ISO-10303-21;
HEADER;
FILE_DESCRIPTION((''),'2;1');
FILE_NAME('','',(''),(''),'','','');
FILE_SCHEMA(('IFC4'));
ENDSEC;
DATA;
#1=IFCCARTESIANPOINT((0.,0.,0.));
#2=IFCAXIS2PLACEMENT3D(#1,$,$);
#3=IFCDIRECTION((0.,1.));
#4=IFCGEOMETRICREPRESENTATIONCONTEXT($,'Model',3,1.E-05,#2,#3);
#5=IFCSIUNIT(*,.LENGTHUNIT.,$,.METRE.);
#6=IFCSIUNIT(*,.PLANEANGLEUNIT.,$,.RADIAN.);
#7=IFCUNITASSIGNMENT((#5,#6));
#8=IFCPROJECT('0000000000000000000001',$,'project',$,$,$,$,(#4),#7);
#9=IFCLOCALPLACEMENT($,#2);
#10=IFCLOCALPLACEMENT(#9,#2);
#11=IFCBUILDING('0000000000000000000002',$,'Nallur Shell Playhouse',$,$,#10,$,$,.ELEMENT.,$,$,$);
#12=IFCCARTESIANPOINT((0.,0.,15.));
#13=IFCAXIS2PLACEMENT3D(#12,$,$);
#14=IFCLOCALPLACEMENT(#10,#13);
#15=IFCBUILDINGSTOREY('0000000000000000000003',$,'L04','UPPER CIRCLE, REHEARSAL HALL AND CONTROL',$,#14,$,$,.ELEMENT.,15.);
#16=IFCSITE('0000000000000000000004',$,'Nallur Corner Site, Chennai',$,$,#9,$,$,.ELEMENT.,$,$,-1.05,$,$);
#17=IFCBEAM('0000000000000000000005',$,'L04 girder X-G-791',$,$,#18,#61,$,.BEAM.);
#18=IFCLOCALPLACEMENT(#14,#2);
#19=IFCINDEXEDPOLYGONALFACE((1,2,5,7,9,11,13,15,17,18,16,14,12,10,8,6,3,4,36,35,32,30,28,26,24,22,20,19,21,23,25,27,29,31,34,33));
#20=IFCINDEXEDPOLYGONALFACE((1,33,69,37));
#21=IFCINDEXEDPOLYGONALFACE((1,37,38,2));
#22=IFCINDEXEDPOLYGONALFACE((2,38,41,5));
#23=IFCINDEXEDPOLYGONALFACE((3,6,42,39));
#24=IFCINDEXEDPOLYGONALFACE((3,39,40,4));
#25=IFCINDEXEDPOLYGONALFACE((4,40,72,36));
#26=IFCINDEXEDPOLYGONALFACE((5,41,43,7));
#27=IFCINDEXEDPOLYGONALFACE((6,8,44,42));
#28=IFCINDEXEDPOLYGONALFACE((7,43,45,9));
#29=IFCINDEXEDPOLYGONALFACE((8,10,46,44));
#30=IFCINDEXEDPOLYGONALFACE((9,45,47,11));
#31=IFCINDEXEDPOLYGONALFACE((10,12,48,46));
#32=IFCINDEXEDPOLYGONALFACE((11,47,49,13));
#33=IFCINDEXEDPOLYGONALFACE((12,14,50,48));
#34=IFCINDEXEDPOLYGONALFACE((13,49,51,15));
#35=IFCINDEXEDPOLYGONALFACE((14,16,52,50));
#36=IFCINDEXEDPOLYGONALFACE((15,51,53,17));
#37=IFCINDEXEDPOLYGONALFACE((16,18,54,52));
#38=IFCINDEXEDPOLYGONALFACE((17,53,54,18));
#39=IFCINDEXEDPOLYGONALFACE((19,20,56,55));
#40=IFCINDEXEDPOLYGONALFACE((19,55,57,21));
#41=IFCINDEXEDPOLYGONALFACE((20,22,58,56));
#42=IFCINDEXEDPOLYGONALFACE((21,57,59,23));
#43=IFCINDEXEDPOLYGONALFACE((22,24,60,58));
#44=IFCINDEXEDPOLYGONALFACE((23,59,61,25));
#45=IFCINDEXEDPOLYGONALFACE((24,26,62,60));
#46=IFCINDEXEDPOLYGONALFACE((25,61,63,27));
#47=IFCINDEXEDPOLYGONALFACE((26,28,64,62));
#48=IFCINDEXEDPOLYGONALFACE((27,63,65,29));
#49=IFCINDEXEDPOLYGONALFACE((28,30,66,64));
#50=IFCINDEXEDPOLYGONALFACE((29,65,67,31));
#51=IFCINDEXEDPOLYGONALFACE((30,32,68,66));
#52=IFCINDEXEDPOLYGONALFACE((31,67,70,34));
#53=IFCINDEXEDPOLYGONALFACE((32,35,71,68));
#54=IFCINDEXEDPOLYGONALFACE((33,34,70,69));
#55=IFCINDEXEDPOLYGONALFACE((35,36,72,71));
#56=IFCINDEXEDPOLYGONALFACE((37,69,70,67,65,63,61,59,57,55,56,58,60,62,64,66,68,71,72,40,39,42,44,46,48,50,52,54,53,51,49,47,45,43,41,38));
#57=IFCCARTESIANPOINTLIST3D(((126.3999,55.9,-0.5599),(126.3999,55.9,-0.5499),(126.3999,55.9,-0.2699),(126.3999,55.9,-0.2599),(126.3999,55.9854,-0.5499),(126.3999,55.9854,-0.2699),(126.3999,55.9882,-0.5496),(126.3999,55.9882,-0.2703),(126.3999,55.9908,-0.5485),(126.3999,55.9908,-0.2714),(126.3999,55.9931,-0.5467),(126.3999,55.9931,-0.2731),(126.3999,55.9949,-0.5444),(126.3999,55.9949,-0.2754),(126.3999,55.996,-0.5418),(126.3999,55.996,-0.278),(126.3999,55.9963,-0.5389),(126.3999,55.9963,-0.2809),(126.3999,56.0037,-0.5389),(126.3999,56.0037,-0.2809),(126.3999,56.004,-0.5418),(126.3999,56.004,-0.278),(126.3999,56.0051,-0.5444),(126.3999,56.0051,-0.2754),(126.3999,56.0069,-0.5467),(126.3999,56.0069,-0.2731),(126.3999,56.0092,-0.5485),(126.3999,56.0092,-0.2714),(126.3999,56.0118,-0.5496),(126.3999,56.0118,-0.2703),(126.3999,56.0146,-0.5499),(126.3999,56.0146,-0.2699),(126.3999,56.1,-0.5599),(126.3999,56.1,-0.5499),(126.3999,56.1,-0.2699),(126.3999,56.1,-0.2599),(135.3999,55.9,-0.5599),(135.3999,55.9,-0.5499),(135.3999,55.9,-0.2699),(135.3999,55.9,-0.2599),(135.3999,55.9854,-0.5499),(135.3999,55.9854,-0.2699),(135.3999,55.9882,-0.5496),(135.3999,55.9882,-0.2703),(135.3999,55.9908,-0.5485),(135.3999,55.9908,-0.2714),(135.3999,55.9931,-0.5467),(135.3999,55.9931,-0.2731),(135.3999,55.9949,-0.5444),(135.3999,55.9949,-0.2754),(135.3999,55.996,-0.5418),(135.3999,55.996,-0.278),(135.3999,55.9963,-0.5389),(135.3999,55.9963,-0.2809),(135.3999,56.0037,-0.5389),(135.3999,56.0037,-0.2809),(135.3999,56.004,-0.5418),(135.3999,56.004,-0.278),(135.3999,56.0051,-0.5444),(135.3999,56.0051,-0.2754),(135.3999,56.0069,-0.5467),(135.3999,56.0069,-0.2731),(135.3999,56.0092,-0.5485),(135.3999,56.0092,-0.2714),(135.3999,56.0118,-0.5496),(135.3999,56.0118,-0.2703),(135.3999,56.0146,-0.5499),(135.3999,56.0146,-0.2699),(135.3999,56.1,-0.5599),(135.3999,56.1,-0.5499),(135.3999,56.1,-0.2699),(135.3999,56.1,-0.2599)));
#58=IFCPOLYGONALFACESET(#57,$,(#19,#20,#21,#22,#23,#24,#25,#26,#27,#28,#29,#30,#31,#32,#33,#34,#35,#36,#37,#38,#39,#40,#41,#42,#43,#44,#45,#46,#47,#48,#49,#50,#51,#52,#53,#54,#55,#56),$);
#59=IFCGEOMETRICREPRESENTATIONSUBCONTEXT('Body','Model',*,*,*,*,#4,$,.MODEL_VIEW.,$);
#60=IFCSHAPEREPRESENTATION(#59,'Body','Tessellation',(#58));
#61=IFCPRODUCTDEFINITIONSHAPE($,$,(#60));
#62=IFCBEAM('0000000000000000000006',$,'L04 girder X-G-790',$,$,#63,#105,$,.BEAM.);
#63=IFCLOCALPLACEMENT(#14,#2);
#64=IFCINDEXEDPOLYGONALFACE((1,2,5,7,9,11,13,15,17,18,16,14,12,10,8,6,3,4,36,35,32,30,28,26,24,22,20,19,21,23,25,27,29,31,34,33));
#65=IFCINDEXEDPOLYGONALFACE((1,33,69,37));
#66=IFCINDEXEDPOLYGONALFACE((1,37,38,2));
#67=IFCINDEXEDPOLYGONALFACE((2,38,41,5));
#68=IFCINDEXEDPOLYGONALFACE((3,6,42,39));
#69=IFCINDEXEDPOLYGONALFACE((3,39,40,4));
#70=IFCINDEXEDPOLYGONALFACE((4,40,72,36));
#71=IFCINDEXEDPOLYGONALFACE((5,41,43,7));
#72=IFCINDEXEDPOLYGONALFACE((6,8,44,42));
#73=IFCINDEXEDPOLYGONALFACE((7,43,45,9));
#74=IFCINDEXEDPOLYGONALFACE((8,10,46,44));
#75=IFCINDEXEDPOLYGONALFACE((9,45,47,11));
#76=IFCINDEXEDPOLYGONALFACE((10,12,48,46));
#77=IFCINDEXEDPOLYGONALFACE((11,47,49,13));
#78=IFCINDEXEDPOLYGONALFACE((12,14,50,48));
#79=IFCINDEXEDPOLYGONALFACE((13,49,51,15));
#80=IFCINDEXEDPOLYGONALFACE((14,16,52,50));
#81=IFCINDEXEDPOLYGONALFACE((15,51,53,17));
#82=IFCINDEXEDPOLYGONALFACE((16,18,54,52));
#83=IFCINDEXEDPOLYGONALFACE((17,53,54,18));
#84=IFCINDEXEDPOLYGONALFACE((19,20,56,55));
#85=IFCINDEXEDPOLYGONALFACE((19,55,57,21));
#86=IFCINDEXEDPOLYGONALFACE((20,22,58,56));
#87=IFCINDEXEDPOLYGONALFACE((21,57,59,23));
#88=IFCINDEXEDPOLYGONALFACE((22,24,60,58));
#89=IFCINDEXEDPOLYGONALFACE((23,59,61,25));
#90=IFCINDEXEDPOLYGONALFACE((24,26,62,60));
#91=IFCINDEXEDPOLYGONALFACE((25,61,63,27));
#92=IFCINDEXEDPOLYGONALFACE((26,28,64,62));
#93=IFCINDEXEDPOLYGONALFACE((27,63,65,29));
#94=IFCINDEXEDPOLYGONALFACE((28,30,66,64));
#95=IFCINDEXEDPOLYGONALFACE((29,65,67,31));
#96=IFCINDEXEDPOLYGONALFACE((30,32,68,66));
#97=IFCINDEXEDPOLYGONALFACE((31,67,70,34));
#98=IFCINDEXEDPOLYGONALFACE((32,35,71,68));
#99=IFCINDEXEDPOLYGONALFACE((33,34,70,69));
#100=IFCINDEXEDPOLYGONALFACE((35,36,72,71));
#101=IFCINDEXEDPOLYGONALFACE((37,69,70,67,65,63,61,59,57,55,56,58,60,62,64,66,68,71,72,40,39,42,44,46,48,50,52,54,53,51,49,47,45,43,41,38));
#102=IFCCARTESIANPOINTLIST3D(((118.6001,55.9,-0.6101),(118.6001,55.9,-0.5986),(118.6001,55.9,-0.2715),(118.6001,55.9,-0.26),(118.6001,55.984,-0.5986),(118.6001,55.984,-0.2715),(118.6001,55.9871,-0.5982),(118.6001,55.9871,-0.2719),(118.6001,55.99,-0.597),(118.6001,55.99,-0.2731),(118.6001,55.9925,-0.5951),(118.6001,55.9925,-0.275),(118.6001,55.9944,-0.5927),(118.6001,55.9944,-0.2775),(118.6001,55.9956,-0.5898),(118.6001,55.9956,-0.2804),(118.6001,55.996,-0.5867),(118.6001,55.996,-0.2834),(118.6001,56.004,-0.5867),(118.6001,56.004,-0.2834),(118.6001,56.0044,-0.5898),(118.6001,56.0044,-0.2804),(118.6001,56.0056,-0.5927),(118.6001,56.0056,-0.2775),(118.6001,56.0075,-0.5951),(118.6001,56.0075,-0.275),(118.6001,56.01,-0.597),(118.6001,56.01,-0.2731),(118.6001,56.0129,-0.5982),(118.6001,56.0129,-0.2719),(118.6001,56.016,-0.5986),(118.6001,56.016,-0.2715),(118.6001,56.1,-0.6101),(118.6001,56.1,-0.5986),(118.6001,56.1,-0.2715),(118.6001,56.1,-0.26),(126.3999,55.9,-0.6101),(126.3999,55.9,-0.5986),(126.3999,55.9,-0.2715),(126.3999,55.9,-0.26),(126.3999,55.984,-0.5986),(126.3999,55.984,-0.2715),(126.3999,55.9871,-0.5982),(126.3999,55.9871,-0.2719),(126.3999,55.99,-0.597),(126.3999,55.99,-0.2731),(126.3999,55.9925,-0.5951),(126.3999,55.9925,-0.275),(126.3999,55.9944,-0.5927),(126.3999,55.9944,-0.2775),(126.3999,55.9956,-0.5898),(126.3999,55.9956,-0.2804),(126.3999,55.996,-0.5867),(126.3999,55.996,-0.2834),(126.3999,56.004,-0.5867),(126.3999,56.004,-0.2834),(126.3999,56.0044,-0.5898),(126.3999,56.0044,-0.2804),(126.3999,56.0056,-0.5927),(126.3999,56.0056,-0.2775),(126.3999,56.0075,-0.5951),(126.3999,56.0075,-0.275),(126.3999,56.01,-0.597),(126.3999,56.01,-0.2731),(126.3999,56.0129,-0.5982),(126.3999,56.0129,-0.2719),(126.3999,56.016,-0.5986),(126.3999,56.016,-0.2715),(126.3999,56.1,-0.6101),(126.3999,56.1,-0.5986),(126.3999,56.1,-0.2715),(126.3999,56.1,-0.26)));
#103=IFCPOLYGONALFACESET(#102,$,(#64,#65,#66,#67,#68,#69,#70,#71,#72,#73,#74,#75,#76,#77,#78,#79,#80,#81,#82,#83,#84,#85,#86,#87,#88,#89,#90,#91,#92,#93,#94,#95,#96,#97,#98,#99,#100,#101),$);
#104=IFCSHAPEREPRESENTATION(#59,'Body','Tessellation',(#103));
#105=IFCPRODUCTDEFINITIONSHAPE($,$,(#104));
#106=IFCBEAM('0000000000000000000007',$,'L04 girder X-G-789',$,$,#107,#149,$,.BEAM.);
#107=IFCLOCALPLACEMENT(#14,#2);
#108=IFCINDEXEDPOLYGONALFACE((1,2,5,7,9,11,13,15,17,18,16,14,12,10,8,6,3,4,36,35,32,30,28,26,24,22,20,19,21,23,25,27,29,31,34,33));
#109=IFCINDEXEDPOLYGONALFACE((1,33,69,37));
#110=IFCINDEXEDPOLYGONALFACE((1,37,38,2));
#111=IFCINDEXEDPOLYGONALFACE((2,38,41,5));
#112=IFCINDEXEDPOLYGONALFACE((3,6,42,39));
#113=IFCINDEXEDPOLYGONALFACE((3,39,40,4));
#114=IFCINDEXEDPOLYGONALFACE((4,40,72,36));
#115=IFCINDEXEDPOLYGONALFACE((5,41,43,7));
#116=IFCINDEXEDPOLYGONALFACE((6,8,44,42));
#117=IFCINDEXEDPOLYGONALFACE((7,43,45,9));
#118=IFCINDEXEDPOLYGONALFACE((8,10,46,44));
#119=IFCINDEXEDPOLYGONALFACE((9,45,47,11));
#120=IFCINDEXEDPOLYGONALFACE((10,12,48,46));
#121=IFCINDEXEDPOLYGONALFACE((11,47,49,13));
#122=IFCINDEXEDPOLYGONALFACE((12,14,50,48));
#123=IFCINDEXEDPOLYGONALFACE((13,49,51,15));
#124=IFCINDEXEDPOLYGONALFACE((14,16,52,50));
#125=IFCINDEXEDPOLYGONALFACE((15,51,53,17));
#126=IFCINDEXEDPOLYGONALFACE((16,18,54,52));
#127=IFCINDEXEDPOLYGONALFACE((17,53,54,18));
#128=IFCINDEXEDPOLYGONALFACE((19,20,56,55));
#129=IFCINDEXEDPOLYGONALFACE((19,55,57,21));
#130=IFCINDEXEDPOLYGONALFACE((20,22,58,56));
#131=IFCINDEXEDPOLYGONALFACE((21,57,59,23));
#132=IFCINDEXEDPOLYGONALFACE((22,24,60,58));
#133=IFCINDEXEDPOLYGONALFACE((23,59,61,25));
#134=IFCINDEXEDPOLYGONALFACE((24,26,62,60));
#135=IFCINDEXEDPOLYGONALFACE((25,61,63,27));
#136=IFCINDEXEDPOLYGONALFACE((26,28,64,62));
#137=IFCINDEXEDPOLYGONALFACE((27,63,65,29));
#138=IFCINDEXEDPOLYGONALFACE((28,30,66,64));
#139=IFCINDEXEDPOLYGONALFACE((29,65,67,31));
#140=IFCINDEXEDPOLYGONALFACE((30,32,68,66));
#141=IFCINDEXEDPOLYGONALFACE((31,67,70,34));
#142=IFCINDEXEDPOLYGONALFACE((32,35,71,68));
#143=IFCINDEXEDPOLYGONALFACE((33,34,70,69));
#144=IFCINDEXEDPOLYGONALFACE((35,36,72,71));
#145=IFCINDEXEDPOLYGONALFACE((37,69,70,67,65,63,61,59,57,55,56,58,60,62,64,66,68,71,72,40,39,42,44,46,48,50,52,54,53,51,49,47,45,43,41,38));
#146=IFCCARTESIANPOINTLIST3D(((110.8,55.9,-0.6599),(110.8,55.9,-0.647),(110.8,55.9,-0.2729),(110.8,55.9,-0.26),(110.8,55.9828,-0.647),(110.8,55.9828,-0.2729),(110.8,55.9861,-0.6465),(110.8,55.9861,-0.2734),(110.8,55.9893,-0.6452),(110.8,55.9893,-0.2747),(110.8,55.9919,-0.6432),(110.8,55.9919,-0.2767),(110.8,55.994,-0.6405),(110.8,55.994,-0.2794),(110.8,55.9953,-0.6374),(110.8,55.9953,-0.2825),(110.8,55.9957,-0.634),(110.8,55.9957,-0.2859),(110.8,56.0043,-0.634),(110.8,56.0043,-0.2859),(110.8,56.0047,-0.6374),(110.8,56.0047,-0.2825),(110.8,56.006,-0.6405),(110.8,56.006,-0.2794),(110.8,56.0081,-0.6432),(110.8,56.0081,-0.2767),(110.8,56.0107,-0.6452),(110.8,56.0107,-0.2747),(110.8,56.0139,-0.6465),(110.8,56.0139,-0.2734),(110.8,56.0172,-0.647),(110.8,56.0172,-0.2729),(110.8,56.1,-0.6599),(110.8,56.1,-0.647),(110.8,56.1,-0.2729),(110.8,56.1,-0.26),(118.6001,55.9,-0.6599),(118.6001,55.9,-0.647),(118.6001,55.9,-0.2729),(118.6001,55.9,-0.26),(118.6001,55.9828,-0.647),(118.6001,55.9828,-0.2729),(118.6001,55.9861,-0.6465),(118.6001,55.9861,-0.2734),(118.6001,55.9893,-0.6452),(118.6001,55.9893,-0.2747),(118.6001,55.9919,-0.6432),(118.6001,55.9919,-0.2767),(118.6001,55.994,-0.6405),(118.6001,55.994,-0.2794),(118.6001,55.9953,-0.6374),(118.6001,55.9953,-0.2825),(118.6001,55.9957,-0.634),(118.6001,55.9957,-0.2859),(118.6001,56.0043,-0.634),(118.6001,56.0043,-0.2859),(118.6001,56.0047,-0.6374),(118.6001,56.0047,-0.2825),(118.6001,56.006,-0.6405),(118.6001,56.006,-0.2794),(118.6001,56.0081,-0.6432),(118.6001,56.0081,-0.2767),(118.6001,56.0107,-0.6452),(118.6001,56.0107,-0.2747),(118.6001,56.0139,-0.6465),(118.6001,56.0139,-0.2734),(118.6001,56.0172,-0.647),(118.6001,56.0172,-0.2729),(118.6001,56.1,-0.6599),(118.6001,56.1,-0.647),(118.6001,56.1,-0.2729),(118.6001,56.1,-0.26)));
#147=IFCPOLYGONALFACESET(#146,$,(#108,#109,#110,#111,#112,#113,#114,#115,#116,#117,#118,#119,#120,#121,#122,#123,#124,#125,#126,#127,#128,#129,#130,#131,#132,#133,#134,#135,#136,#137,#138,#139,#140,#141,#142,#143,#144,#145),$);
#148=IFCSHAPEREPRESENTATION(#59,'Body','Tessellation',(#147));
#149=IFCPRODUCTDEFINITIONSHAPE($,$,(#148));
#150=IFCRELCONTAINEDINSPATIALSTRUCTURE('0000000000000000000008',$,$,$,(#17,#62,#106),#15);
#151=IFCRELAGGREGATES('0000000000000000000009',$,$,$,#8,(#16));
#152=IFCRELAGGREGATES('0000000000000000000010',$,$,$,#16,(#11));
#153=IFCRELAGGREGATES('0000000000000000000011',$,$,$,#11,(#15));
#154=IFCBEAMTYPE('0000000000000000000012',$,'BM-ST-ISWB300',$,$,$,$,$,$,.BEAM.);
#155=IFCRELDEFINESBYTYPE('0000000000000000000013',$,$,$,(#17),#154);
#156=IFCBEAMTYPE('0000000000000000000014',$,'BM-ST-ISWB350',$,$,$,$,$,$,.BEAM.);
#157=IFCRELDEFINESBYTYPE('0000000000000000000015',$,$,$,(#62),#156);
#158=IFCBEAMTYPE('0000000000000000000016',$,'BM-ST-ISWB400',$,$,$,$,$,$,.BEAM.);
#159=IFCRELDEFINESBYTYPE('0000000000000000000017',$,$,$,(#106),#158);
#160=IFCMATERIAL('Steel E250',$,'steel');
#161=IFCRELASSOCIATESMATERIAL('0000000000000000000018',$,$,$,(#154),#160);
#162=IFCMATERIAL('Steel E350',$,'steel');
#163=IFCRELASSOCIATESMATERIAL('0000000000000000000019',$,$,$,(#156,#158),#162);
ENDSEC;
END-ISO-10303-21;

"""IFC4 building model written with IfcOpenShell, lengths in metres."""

from ifc_helpers import new_model, si_unit, direction, frame, origin, origin_2d, place, context, subcontext, project, spatial, i_section, extrude, material, material_profile, profile_set, type_object, element, save


model = new_model("IFC4")

# Units and contexts
model_context = context("Model", 3, precision=1e-05, world=origin(), true_north=direction((0.0, 1.0)))
body_context = subcontext(model_context, "Body", "Model", "MODEL_VIEW")
ifc_project = project(units=[si_unit("LENGTHUNIT", "METRE"), si_unit("PLANEANGLEUNIT", "RADIAN")], contexts=[model_context])

# Site, building, storey
site_placement = place(None, origin())
site = spatial("IfcSite", under=ifc_project, at=site_placement, Name="Nallur Corner Site, Chennai", CompositionType="ELEMENT", RefElevation=-1.05)
building_placement = place(site_placement, origin())
building = spatial("IfcBuilding", under=site, at=building_placement, Name="Nallur Shell Playhouse", CompositionType="ELEMENT")
storey_placement = place(building_placement, frame((0.0, 0.0, 15.0)))
storey = spatial("IfcBuildingStorey", under=building, at=storey_placement, Name="L04", Description="UPPER CIRCLE, REHEARSAL HALL AND CONTROL", CompositionType="ELEMENT", Elevation=15.0)

# Shared definitions
ifc_material_1 = material(Name="Steel E350", Category="steel")

# Beams
ifc_material_2 = material(Name="Steel E250", Category="steel")
ifc_material_profile_1 = material_profile(ifc_material_2, i_section(OverallWidth=0.2, OverallDepth=0.3, WebThickness=0.0073, FlangeThickness=0.01, FilletRadius=0.011, at=origin_2d()), Name="ISWB 300")
ifc_profile_set_1 = profile_set([ifc_material_profile_1], Name="Steel E250")
beam_type_1 = type_object("IfcBeamType", Name="BM-ST-ISWB300", PredefinedType="BEAM", material=ifc_profile_set_1)
beam_1_placement = place(storey_placement, frame((126.3999, 56.0, -0.4099), z_axis=(1.0, 0.0, 0.0), x_axis=(0.0, 1.0, 0.0)))
element("IfcBeam", 1, at=beam_1_placement, inside=storey, type_object=beam_type_1, Name="L04 girder X-G-791", PredefinedType="BEAM", context=body_context, shape_type="SweptSolid", body=[
    extrude(i_section(OverallWidth=0.2, OverallDepth=0.3, WebThickness=0.0073, FlangeThickness=0.01, FilletRadius=0.011, at=origin_2d()), origin(), (0.0, 0.0, 1.0), 9.0),
])
ifc_material_profile_2 = material_profile(ifc_material_1, i_section(OverallWidth=0.2, OverallDepth=0.3501, WebThickness=0.0081, FlangeThickness=0.0115, FilletRadius=0.012, at=origin_2d()), Name="ISWB 350")
ifc_profile_set_2 = profile_set([ifc_material_profile_2], Name="Steel E350")
beam_type_2 = type_object("IfcBeamType", Name="BM-ST-ISWB350", PredefinedType="BEAM", material=ifc_profile_set_2)
beam_2_placement = place(storey_placement, frame((118.6001, 56.0, -0.4351), z_axis=(1.0, 0.0, 0.0), x_axis=(0.0, 1.0, 0.0)))
element("IfcBeam", 2, at=beam_2_placement, inside=storey, type_object=beam_type_2, Name="L04 girder X-G-790", PredefinedType="BEAM", context=body_context, shape_type="SweptSolid", body=[
    extrude(i_section(OverallWidth=0.2, OverallDepth=0.3501, WebThickness=0.0081, FlangeThickness=0.0115, FilletRadius=0.012, at=origin_2d()), origin(), (0.0, 0.0, 1.0), 7.7998),
])
ifc_material_profile_3 = material_profile(ifc_material_1, i_section(OverallWidth=0.2, OverallDepth=0.3999, WebThickness=0.0085, FlangeThickness=0.0129, FilletRadius=0.0129, at=origin_2d()), Name="ISWB 400")
ifc_profile_set_3 = profile_set([ifc_material_profile_3], Name="Steel E350")
beam_type_3 = type_object("IfcBeamType", Name="BM-ST-ISWB400", PredefinedType="BEAM", material=ifc_profile_set_3)
beam_3_placement = place(storey_placement, frame((110.8, 56.0, -0.46), z_axis=(1.0, 0.0, 0.0), x_axis=(0.0, 1.0, 0.0)))
element("IfcBeam", 3, at=beam_3_placement, inside=storey, type_object=beam_type_3, Name="L04 girder X-G-789", PredefinedType="BEAM", context=body_context, shape_type="SweptSolid", body=[
    extrude(i_section(OverallWidth=0.2, OverallDepth=0.3999, WebThickness=0.0085, FlangeThickness=0.0129, FilletRadius=0.0129, at=origin_2d()), origin(), (0.0, 0.0, 1.0), 7.8),
])

save(model, "model.ifc")
